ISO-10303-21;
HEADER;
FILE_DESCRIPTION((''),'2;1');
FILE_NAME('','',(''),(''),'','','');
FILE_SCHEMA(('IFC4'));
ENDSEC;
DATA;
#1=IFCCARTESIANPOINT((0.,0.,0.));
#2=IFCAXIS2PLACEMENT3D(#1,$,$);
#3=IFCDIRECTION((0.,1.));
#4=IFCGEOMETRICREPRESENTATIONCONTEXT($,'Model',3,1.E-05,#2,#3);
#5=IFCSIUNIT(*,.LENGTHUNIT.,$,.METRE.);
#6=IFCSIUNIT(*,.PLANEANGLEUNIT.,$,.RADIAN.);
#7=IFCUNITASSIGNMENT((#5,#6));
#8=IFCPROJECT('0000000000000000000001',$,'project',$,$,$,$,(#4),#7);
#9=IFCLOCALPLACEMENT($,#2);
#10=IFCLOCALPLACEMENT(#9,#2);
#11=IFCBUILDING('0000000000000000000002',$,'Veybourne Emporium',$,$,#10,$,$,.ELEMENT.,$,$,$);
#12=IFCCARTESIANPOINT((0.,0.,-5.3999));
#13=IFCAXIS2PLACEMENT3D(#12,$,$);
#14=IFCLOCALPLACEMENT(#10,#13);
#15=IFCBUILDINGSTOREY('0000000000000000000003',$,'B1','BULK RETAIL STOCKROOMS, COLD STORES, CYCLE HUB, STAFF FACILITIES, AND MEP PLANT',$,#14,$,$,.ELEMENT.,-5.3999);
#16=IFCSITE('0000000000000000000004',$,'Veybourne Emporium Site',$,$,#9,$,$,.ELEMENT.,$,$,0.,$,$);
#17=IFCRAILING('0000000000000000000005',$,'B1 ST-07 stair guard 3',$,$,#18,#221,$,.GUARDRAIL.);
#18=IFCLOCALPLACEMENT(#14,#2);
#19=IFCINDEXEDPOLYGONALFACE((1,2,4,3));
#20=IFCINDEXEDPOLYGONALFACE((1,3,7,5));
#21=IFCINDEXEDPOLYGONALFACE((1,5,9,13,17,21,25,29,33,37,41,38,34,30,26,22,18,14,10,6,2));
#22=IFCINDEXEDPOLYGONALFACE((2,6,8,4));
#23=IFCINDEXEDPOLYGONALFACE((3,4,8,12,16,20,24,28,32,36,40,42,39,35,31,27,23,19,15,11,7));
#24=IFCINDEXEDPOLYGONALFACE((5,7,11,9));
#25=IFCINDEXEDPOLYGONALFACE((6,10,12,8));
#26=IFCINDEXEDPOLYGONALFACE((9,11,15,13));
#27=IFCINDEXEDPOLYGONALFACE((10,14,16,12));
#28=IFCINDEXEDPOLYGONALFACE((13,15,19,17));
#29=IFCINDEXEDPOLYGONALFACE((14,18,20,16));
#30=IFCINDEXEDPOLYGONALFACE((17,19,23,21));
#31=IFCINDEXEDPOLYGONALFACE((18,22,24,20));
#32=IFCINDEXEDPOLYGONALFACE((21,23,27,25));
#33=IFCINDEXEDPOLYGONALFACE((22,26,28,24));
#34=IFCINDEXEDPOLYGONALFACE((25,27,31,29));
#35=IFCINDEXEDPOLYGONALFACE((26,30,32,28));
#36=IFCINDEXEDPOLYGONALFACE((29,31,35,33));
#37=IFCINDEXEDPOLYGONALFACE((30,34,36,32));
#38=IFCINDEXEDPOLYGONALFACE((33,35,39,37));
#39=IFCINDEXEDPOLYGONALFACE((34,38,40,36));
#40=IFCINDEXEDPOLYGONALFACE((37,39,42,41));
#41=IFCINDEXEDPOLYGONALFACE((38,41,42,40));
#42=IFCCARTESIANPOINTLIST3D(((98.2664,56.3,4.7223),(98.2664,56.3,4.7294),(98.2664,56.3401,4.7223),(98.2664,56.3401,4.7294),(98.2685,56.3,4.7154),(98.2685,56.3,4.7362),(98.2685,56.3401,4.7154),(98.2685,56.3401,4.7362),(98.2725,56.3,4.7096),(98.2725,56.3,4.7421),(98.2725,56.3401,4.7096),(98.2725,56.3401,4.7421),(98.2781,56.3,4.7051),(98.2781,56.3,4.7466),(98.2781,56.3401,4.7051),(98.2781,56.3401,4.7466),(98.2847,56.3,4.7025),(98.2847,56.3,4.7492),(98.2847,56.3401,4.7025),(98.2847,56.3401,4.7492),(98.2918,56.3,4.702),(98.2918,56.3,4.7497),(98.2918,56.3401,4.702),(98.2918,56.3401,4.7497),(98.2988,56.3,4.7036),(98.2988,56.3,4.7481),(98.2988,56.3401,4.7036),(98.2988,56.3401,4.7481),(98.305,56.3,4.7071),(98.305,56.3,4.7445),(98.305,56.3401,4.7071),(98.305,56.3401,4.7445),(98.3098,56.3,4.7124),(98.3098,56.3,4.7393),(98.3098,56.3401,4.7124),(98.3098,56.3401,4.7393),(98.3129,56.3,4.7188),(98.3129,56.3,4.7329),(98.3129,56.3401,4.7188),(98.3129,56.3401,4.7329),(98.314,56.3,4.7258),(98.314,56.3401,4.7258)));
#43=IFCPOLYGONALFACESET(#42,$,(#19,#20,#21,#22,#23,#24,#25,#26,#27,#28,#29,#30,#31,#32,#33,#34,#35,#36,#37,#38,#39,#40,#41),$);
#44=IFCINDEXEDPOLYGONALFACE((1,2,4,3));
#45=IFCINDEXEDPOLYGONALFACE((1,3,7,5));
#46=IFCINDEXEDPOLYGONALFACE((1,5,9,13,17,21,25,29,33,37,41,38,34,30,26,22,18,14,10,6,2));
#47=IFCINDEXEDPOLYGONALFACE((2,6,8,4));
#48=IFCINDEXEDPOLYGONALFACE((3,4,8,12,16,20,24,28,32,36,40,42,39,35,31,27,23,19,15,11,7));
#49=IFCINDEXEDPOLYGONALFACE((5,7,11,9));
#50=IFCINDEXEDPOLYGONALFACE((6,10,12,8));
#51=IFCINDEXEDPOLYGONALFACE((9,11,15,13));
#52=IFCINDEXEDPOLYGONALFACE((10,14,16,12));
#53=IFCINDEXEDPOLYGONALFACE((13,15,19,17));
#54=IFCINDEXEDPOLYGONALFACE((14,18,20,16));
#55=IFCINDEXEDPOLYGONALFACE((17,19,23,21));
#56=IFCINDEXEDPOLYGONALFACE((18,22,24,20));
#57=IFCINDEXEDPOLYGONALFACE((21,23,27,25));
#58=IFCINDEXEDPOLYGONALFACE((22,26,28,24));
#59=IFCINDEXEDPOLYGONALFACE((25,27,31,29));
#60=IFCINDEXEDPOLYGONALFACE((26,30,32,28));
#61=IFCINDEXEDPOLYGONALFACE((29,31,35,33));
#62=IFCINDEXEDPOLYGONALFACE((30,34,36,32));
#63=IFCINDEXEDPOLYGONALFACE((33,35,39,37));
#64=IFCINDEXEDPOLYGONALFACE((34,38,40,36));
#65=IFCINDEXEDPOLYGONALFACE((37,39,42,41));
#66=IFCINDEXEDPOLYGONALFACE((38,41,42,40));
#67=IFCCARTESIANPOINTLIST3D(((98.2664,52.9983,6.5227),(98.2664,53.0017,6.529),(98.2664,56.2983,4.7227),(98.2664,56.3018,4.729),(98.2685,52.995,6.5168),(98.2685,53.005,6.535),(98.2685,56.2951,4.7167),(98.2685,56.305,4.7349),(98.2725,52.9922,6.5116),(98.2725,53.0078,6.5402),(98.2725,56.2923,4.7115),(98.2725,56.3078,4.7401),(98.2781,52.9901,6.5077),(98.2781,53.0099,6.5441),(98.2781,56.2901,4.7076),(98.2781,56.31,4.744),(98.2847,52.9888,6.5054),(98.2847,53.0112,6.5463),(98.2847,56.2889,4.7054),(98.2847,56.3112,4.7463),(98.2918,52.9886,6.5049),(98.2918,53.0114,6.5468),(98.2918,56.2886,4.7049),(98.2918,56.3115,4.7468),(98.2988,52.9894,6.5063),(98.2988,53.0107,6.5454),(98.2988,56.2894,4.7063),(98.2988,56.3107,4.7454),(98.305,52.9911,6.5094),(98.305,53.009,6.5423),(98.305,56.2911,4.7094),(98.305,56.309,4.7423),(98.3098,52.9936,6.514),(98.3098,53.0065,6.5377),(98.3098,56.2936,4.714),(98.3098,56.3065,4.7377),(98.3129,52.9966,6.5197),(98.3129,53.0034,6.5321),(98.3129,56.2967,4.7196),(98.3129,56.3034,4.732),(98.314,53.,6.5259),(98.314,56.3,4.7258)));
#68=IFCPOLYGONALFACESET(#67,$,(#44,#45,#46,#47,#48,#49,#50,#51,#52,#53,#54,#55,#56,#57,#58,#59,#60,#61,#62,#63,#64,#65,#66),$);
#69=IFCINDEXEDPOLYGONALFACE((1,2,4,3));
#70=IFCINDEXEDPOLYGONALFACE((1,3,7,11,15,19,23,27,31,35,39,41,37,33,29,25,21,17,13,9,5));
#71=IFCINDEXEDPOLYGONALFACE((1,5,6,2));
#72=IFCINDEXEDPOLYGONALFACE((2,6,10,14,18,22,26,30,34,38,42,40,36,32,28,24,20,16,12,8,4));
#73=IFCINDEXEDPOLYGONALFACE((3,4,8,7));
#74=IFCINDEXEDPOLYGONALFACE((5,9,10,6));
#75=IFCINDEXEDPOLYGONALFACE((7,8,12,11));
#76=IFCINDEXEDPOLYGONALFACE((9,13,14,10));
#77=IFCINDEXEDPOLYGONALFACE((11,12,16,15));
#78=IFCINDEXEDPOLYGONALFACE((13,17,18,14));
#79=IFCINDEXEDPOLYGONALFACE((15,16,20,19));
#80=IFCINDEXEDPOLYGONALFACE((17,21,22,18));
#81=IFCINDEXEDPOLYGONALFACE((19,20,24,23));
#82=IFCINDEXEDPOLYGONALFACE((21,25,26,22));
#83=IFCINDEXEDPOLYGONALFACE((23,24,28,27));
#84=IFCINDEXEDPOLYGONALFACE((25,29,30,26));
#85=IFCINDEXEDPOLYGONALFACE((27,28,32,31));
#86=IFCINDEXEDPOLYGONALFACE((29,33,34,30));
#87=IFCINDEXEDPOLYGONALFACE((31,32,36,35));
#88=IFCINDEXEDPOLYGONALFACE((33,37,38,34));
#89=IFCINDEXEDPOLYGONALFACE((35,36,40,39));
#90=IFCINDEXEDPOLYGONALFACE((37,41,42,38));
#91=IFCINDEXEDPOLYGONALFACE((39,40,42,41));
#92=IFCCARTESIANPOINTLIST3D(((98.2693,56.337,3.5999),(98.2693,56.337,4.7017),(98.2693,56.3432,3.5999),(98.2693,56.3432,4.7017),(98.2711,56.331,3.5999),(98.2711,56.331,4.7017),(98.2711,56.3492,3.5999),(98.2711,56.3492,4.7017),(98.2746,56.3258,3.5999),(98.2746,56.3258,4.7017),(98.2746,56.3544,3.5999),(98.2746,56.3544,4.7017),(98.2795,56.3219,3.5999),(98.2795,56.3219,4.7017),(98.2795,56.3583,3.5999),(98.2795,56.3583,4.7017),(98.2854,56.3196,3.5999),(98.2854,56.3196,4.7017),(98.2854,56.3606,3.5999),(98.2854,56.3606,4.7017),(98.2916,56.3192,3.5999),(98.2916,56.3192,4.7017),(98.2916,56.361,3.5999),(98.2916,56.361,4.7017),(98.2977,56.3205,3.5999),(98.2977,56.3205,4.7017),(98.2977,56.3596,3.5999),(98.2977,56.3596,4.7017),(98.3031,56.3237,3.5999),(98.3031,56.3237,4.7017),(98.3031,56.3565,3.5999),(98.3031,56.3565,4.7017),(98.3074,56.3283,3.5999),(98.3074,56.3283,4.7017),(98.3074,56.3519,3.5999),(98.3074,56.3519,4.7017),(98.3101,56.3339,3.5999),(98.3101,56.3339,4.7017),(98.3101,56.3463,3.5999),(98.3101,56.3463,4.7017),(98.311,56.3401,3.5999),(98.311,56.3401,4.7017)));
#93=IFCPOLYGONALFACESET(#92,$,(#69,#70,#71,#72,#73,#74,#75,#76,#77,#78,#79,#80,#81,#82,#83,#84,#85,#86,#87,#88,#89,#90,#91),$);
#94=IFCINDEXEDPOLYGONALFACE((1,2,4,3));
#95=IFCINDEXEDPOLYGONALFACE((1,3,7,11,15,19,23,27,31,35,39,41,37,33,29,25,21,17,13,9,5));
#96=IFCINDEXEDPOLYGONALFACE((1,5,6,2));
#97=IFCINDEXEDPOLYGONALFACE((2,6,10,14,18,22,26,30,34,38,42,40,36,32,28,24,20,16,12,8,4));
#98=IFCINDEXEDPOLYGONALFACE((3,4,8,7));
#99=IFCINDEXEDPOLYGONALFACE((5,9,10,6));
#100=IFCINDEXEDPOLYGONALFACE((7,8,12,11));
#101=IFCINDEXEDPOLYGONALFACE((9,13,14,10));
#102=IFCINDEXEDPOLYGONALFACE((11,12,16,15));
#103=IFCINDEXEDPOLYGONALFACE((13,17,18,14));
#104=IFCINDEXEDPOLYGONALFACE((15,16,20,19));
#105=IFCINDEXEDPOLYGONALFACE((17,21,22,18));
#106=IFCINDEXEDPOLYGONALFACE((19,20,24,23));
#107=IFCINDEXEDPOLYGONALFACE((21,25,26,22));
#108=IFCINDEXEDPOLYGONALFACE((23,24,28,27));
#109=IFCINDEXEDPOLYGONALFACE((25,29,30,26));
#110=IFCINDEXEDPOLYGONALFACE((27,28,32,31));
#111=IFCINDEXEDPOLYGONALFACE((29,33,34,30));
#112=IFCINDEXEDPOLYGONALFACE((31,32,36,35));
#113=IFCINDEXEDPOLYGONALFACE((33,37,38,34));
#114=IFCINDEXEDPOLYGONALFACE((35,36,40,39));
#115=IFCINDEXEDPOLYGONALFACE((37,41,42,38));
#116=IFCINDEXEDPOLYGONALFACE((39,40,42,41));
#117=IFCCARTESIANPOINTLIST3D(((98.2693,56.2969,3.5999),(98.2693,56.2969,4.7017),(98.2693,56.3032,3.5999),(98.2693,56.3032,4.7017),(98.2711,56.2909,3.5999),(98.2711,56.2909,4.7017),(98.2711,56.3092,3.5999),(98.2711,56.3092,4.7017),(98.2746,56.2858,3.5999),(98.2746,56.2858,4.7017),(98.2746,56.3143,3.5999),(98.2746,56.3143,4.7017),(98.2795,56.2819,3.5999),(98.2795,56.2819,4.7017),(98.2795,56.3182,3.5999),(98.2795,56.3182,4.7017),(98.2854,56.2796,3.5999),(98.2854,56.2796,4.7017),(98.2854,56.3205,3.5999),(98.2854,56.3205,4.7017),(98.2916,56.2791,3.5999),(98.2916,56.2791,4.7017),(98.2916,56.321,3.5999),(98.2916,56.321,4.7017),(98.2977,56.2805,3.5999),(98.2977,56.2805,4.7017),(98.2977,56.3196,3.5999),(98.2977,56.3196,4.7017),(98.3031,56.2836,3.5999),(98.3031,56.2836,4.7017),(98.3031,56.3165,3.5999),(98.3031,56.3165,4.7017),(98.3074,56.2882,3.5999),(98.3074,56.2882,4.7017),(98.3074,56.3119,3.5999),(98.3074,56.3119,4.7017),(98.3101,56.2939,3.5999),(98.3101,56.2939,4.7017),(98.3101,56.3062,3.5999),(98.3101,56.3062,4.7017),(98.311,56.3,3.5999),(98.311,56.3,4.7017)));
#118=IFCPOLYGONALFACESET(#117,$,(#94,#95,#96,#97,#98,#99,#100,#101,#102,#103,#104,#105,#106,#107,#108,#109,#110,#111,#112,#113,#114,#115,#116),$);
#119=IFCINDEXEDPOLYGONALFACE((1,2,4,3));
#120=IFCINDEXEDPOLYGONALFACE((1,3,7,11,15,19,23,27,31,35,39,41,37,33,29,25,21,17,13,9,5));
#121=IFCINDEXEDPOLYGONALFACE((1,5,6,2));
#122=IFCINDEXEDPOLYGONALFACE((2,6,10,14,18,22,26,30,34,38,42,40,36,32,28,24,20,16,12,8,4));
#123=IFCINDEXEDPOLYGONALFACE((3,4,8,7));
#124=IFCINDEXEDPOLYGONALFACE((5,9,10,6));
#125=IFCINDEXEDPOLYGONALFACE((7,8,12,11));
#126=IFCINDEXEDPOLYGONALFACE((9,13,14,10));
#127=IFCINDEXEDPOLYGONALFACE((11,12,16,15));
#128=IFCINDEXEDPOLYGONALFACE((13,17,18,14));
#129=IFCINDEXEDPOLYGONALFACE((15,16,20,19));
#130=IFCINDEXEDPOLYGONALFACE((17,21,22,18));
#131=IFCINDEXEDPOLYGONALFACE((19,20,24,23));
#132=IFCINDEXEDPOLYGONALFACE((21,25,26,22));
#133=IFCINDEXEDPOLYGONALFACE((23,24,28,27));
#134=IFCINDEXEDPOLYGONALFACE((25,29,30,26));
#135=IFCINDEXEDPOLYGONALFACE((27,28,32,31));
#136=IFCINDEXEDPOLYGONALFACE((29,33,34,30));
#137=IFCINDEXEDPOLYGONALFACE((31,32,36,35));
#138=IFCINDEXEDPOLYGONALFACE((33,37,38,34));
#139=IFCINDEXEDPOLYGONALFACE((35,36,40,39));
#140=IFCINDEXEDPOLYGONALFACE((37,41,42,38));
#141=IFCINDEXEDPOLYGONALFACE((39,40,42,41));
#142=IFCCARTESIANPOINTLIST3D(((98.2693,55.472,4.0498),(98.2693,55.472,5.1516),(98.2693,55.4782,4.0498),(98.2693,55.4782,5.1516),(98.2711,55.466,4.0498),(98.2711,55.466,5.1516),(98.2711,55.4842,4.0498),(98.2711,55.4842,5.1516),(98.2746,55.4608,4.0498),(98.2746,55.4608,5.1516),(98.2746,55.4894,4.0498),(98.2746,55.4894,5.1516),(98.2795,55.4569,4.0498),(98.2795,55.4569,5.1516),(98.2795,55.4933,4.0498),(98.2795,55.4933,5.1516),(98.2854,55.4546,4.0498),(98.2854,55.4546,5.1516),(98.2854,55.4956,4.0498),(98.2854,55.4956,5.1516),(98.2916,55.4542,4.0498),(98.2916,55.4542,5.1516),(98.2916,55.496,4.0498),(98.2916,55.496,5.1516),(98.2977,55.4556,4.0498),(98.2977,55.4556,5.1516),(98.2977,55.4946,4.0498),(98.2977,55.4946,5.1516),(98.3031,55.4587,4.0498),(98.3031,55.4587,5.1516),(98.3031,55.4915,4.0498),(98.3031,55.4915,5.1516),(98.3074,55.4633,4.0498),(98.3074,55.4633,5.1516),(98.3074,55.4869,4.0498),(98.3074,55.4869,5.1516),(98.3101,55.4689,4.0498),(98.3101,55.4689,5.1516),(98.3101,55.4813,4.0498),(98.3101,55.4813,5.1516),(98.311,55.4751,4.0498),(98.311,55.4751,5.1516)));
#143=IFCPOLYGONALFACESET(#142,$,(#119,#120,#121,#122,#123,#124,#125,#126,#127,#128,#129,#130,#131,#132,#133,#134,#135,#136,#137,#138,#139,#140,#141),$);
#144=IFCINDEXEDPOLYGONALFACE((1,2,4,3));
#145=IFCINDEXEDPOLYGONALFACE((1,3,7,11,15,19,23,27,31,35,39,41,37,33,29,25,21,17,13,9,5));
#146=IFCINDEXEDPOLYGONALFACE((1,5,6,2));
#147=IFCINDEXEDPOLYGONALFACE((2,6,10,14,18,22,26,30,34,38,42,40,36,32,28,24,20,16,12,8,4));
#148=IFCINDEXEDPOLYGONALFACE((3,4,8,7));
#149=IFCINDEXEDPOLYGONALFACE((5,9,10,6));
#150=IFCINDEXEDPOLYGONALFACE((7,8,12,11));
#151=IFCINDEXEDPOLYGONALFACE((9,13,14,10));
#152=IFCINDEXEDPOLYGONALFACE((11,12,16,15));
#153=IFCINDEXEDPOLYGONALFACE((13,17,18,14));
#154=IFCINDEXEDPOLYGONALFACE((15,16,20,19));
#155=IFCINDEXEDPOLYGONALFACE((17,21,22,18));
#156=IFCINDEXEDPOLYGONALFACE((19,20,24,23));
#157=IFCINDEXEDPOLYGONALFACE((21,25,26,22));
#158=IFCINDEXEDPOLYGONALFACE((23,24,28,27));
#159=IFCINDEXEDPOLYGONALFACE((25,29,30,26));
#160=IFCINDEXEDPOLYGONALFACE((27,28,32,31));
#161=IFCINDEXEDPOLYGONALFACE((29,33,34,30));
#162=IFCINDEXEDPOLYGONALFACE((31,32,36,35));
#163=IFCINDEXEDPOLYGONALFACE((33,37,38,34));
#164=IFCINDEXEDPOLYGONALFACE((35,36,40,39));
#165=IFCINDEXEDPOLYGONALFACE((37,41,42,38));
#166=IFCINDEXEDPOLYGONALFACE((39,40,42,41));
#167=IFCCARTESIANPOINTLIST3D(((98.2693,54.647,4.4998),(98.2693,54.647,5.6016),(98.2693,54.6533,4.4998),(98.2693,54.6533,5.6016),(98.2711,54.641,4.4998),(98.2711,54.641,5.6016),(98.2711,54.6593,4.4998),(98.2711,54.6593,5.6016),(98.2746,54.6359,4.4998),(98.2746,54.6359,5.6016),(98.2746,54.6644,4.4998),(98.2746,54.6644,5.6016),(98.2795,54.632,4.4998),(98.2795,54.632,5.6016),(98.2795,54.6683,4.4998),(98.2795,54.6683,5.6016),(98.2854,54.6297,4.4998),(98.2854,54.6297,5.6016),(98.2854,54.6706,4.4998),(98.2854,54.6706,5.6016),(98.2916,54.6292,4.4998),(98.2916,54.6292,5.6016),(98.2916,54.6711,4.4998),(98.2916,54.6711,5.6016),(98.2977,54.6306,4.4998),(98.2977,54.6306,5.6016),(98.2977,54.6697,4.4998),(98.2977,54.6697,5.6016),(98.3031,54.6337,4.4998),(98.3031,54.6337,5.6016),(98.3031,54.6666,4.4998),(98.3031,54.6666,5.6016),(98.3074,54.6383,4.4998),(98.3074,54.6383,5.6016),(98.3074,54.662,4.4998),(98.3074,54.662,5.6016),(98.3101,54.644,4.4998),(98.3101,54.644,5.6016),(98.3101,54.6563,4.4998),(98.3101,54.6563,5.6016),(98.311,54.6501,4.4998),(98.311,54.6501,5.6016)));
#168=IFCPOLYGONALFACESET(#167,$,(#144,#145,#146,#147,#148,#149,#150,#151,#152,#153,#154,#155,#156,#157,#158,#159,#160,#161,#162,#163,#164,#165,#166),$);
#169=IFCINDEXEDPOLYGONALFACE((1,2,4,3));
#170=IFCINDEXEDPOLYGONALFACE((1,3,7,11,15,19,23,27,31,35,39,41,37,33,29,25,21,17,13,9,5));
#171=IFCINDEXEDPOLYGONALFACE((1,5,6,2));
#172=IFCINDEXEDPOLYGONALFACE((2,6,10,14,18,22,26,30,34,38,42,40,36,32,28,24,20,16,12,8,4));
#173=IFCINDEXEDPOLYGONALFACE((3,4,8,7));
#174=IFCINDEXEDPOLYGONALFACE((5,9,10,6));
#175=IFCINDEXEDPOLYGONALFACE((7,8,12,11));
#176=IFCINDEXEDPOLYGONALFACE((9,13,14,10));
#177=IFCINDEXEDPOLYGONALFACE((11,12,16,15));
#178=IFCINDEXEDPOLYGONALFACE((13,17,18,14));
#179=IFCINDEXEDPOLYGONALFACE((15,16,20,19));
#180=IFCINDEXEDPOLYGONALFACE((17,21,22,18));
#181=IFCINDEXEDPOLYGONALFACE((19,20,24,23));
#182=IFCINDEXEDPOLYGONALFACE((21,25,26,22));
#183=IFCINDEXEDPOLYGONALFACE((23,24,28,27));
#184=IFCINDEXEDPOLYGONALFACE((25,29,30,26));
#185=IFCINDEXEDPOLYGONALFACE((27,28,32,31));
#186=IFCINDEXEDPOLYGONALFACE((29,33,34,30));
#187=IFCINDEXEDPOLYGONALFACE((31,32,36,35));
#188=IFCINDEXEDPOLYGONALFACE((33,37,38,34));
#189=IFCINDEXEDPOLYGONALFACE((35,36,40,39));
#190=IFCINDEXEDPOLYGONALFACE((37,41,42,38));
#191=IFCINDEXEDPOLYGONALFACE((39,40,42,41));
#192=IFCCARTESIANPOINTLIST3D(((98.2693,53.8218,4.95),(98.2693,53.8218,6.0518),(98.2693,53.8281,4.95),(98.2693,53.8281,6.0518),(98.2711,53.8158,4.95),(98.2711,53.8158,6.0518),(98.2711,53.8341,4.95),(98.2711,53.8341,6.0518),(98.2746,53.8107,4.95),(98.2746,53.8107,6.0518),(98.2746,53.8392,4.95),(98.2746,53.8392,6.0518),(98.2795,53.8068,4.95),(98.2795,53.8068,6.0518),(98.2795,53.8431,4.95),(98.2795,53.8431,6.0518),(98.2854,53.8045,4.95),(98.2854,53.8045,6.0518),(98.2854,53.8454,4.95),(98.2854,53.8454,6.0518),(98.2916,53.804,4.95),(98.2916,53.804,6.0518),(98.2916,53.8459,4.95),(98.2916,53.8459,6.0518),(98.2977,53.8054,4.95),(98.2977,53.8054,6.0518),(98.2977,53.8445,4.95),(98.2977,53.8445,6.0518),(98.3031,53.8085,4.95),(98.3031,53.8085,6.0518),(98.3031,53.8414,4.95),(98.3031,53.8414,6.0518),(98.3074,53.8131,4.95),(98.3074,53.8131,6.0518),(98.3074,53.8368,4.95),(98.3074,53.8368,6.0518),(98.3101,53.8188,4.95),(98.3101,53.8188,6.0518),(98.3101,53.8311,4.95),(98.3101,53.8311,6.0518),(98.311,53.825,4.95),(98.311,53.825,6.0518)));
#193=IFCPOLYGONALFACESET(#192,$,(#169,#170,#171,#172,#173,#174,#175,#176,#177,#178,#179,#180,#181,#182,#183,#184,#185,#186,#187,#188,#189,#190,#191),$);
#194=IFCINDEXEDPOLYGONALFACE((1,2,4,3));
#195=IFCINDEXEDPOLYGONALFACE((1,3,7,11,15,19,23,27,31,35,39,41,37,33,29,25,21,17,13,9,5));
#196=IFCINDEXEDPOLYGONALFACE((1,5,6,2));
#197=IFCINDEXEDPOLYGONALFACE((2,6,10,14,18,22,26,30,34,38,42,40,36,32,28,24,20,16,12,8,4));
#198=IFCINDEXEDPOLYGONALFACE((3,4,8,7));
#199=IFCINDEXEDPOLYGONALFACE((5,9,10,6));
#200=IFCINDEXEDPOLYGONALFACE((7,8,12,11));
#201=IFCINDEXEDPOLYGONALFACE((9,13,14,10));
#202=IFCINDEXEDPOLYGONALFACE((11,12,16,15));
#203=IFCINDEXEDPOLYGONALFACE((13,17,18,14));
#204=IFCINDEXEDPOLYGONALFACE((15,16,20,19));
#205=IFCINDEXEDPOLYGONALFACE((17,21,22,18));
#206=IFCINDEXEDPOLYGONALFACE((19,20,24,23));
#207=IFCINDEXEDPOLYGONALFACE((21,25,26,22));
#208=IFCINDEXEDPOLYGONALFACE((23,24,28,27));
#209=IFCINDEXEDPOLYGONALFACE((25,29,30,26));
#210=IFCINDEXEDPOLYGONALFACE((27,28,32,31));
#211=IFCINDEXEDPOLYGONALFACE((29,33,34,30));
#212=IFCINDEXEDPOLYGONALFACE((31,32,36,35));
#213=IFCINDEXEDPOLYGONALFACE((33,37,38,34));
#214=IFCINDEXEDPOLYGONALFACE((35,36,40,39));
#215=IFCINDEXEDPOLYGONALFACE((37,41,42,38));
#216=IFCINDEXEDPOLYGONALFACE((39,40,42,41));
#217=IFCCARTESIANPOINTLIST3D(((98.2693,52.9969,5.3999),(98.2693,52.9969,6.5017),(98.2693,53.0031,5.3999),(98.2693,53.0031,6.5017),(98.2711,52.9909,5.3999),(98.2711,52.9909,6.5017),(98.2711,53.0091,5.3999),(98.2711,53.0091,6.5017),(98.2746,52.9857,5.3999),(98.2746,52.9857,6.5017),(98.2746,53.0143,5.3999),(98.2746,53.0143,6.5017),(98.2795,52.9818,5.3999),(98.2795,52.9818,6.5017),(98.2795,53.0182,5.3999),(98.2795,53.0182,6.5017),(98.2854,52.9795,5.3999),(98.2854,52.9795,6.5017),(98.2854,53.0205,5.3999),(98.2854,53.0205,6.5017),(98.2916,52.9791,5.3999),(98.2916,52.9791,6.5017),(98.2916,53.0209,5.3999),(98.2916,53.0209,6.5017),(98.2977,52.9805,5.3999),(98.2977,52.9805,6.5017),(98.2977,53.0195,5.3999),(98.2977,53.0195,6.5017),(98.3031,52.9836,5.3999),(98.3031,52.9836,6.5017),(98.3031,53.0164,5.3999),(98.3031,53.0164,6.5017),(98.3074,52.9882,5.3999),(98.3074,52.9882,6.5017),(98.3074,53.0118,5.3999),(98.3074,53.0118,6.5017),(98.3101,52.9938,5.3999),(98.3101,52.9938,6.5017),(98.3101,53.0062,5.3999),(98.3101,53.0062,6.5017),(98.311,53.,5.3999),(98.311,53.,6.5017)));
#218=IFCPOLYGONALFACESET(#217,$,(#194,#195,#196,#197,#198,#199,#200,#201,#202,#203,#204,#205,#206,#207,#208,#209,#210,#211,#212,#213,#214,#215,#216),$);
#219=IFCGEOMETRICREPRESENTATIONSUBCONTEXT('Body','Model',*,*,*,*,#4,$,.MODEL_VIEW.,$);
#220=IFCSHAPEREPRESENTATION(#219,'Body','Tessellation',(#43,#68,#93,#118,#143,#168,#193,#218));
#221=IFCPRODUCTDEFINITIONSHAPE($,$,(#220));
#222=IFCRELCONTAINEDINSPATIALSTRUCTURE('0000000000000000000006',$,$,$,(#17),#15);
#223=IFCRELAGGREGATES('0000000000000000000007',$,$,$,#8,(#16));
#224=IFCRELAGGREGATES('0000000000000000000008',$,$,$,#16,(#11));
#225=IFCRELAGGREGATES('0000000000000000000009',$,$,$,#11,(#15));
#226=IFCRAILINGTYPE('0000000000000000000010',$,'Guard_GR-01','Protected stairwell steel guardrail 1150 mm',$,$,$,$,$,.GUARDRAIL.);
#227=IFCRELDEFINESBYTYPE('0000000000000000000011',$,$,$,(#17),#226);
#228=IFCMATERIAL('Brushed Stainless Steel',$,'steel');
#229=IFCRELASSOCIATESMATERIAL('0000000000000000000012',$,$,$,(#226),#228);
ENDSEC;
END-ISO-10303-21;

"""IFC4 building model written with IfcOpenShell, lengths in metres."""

from ifc_helpers import new_model, si_unit, direction, frame, origin, origin_2d, place, context, subcontext, project, spatial, circle, extrude, material, type_object, element, save


model = new_model("IFC4")

# Units and contexts
model_context = context("Model", 3, precision=1e-05, world=origin(), true_north=direction((0.0, 1.0)))
body_context = subcontext(model_context, "Body", "Model", "MODEL_VIEW")
ifc_project = project(units=[si_unit("LENGTHUNIT", "METRE"), si_unit("PLANEANGLEUNIT", "RADIAN")], contexts=[model_context])

# Site, building, storey
site_placement = place(None, origin())
site = spatial("IfcSite", under=ifc_project, at=site_placement, Name="Veybourne Emporium Site", CompositionType="ELEMENT", RefElevation=0.0)
building_placement = place(site_placement, origin())
building = spatial("IfcBuilding", under=site, at=building_placement, Name="Veybourne Emporium", CompositionType="ELEMENT")
storey_placement = place(building_placement, frame((0.0, 0.0, -5.3999)))
storey = spatial("IfcBuildingStorey", under=building, at=storey_placement, Name="B1", Description="BULK RETAIL STOCKROOMS, COLD STORES, CYCLE HUB, STAFF FACILITIES, AND MEP PLANT", CompositionType="ELEMENT", Elevation=-5.3999)

# Railing
ifc_material_1 = material(Name="Brushed Stainless Steel", Category="steel")
railing_type_1 = type_object("IfcRailingType", Name="Guard_GR-01", Description="Protected stairwell steel guardrail 1150 mm", PredefinedType="GUARDRAIL", material=ifc_material_1)
railing_1_placement = place(storey_placement, frame((98.29, 56.3401, 3.5999)))
element("IfcRailing", 1, at=railing_1_placement, inside=storey, type_object=railing_type_1, Name="B1 ST-07 stair guard 3", PredefinedType="GUARDRAIL", context=body_context, shape_type="SweptSolid", body=[
    extrude(circle(Radius=0.0239, at=origin_2d()), frame((0.0, 0.0, 1.126), z_axis=(0.0, -1.0, 0.0), x_axis=(1.0, 0.0, 0.0)), (0.0, 0.0, 1.0), 0.04),
    extrude(circle(Radius=0.0239, at=origin_2d()), frame((0.0, -0.04, 1.126), z_axis=(0.0, -0.877893, 0.478857), x_axis=(1.0, 0.0, 0.0)), (0.0, 0.0, 1.0), 3.759),
    extrude(circle(Radius=0.021, at=origin_2d()), origin(), (0.0, 0.0, 1.0), 1.1018),
    extrude(circle(Radius=0.021, at=origin_2d()), frame((0.0, -0.04, 0.0)), (0.0, 0.0, 1.0), 1.1018),
    extrude(circle(Radius=0.021, at=origin_2d()), frame((0.0, -0.865, 0.45)), (0.0, 0.0, 1.0), 1.1018),
    extrude(circle(Radius=0.021, at=origin_2d()), frame((0.0, -1.6899, 0.8999)), (0.0, 0.0, 1.0), 1.1018),
    extrude(circle(Radius=0.021, at=origin_2d()), frame((0.0, -2.5151, 1.3501)), (0.0, 0.0, 1.0), 1.1018),
    extrude(circle(Radius=0.021, at=origin_2d()), frame((0.0, -3.3401, 1.8)), (0.0, 0.0, 1.0), 1.1018),
])

save(model, "model.ifc")
